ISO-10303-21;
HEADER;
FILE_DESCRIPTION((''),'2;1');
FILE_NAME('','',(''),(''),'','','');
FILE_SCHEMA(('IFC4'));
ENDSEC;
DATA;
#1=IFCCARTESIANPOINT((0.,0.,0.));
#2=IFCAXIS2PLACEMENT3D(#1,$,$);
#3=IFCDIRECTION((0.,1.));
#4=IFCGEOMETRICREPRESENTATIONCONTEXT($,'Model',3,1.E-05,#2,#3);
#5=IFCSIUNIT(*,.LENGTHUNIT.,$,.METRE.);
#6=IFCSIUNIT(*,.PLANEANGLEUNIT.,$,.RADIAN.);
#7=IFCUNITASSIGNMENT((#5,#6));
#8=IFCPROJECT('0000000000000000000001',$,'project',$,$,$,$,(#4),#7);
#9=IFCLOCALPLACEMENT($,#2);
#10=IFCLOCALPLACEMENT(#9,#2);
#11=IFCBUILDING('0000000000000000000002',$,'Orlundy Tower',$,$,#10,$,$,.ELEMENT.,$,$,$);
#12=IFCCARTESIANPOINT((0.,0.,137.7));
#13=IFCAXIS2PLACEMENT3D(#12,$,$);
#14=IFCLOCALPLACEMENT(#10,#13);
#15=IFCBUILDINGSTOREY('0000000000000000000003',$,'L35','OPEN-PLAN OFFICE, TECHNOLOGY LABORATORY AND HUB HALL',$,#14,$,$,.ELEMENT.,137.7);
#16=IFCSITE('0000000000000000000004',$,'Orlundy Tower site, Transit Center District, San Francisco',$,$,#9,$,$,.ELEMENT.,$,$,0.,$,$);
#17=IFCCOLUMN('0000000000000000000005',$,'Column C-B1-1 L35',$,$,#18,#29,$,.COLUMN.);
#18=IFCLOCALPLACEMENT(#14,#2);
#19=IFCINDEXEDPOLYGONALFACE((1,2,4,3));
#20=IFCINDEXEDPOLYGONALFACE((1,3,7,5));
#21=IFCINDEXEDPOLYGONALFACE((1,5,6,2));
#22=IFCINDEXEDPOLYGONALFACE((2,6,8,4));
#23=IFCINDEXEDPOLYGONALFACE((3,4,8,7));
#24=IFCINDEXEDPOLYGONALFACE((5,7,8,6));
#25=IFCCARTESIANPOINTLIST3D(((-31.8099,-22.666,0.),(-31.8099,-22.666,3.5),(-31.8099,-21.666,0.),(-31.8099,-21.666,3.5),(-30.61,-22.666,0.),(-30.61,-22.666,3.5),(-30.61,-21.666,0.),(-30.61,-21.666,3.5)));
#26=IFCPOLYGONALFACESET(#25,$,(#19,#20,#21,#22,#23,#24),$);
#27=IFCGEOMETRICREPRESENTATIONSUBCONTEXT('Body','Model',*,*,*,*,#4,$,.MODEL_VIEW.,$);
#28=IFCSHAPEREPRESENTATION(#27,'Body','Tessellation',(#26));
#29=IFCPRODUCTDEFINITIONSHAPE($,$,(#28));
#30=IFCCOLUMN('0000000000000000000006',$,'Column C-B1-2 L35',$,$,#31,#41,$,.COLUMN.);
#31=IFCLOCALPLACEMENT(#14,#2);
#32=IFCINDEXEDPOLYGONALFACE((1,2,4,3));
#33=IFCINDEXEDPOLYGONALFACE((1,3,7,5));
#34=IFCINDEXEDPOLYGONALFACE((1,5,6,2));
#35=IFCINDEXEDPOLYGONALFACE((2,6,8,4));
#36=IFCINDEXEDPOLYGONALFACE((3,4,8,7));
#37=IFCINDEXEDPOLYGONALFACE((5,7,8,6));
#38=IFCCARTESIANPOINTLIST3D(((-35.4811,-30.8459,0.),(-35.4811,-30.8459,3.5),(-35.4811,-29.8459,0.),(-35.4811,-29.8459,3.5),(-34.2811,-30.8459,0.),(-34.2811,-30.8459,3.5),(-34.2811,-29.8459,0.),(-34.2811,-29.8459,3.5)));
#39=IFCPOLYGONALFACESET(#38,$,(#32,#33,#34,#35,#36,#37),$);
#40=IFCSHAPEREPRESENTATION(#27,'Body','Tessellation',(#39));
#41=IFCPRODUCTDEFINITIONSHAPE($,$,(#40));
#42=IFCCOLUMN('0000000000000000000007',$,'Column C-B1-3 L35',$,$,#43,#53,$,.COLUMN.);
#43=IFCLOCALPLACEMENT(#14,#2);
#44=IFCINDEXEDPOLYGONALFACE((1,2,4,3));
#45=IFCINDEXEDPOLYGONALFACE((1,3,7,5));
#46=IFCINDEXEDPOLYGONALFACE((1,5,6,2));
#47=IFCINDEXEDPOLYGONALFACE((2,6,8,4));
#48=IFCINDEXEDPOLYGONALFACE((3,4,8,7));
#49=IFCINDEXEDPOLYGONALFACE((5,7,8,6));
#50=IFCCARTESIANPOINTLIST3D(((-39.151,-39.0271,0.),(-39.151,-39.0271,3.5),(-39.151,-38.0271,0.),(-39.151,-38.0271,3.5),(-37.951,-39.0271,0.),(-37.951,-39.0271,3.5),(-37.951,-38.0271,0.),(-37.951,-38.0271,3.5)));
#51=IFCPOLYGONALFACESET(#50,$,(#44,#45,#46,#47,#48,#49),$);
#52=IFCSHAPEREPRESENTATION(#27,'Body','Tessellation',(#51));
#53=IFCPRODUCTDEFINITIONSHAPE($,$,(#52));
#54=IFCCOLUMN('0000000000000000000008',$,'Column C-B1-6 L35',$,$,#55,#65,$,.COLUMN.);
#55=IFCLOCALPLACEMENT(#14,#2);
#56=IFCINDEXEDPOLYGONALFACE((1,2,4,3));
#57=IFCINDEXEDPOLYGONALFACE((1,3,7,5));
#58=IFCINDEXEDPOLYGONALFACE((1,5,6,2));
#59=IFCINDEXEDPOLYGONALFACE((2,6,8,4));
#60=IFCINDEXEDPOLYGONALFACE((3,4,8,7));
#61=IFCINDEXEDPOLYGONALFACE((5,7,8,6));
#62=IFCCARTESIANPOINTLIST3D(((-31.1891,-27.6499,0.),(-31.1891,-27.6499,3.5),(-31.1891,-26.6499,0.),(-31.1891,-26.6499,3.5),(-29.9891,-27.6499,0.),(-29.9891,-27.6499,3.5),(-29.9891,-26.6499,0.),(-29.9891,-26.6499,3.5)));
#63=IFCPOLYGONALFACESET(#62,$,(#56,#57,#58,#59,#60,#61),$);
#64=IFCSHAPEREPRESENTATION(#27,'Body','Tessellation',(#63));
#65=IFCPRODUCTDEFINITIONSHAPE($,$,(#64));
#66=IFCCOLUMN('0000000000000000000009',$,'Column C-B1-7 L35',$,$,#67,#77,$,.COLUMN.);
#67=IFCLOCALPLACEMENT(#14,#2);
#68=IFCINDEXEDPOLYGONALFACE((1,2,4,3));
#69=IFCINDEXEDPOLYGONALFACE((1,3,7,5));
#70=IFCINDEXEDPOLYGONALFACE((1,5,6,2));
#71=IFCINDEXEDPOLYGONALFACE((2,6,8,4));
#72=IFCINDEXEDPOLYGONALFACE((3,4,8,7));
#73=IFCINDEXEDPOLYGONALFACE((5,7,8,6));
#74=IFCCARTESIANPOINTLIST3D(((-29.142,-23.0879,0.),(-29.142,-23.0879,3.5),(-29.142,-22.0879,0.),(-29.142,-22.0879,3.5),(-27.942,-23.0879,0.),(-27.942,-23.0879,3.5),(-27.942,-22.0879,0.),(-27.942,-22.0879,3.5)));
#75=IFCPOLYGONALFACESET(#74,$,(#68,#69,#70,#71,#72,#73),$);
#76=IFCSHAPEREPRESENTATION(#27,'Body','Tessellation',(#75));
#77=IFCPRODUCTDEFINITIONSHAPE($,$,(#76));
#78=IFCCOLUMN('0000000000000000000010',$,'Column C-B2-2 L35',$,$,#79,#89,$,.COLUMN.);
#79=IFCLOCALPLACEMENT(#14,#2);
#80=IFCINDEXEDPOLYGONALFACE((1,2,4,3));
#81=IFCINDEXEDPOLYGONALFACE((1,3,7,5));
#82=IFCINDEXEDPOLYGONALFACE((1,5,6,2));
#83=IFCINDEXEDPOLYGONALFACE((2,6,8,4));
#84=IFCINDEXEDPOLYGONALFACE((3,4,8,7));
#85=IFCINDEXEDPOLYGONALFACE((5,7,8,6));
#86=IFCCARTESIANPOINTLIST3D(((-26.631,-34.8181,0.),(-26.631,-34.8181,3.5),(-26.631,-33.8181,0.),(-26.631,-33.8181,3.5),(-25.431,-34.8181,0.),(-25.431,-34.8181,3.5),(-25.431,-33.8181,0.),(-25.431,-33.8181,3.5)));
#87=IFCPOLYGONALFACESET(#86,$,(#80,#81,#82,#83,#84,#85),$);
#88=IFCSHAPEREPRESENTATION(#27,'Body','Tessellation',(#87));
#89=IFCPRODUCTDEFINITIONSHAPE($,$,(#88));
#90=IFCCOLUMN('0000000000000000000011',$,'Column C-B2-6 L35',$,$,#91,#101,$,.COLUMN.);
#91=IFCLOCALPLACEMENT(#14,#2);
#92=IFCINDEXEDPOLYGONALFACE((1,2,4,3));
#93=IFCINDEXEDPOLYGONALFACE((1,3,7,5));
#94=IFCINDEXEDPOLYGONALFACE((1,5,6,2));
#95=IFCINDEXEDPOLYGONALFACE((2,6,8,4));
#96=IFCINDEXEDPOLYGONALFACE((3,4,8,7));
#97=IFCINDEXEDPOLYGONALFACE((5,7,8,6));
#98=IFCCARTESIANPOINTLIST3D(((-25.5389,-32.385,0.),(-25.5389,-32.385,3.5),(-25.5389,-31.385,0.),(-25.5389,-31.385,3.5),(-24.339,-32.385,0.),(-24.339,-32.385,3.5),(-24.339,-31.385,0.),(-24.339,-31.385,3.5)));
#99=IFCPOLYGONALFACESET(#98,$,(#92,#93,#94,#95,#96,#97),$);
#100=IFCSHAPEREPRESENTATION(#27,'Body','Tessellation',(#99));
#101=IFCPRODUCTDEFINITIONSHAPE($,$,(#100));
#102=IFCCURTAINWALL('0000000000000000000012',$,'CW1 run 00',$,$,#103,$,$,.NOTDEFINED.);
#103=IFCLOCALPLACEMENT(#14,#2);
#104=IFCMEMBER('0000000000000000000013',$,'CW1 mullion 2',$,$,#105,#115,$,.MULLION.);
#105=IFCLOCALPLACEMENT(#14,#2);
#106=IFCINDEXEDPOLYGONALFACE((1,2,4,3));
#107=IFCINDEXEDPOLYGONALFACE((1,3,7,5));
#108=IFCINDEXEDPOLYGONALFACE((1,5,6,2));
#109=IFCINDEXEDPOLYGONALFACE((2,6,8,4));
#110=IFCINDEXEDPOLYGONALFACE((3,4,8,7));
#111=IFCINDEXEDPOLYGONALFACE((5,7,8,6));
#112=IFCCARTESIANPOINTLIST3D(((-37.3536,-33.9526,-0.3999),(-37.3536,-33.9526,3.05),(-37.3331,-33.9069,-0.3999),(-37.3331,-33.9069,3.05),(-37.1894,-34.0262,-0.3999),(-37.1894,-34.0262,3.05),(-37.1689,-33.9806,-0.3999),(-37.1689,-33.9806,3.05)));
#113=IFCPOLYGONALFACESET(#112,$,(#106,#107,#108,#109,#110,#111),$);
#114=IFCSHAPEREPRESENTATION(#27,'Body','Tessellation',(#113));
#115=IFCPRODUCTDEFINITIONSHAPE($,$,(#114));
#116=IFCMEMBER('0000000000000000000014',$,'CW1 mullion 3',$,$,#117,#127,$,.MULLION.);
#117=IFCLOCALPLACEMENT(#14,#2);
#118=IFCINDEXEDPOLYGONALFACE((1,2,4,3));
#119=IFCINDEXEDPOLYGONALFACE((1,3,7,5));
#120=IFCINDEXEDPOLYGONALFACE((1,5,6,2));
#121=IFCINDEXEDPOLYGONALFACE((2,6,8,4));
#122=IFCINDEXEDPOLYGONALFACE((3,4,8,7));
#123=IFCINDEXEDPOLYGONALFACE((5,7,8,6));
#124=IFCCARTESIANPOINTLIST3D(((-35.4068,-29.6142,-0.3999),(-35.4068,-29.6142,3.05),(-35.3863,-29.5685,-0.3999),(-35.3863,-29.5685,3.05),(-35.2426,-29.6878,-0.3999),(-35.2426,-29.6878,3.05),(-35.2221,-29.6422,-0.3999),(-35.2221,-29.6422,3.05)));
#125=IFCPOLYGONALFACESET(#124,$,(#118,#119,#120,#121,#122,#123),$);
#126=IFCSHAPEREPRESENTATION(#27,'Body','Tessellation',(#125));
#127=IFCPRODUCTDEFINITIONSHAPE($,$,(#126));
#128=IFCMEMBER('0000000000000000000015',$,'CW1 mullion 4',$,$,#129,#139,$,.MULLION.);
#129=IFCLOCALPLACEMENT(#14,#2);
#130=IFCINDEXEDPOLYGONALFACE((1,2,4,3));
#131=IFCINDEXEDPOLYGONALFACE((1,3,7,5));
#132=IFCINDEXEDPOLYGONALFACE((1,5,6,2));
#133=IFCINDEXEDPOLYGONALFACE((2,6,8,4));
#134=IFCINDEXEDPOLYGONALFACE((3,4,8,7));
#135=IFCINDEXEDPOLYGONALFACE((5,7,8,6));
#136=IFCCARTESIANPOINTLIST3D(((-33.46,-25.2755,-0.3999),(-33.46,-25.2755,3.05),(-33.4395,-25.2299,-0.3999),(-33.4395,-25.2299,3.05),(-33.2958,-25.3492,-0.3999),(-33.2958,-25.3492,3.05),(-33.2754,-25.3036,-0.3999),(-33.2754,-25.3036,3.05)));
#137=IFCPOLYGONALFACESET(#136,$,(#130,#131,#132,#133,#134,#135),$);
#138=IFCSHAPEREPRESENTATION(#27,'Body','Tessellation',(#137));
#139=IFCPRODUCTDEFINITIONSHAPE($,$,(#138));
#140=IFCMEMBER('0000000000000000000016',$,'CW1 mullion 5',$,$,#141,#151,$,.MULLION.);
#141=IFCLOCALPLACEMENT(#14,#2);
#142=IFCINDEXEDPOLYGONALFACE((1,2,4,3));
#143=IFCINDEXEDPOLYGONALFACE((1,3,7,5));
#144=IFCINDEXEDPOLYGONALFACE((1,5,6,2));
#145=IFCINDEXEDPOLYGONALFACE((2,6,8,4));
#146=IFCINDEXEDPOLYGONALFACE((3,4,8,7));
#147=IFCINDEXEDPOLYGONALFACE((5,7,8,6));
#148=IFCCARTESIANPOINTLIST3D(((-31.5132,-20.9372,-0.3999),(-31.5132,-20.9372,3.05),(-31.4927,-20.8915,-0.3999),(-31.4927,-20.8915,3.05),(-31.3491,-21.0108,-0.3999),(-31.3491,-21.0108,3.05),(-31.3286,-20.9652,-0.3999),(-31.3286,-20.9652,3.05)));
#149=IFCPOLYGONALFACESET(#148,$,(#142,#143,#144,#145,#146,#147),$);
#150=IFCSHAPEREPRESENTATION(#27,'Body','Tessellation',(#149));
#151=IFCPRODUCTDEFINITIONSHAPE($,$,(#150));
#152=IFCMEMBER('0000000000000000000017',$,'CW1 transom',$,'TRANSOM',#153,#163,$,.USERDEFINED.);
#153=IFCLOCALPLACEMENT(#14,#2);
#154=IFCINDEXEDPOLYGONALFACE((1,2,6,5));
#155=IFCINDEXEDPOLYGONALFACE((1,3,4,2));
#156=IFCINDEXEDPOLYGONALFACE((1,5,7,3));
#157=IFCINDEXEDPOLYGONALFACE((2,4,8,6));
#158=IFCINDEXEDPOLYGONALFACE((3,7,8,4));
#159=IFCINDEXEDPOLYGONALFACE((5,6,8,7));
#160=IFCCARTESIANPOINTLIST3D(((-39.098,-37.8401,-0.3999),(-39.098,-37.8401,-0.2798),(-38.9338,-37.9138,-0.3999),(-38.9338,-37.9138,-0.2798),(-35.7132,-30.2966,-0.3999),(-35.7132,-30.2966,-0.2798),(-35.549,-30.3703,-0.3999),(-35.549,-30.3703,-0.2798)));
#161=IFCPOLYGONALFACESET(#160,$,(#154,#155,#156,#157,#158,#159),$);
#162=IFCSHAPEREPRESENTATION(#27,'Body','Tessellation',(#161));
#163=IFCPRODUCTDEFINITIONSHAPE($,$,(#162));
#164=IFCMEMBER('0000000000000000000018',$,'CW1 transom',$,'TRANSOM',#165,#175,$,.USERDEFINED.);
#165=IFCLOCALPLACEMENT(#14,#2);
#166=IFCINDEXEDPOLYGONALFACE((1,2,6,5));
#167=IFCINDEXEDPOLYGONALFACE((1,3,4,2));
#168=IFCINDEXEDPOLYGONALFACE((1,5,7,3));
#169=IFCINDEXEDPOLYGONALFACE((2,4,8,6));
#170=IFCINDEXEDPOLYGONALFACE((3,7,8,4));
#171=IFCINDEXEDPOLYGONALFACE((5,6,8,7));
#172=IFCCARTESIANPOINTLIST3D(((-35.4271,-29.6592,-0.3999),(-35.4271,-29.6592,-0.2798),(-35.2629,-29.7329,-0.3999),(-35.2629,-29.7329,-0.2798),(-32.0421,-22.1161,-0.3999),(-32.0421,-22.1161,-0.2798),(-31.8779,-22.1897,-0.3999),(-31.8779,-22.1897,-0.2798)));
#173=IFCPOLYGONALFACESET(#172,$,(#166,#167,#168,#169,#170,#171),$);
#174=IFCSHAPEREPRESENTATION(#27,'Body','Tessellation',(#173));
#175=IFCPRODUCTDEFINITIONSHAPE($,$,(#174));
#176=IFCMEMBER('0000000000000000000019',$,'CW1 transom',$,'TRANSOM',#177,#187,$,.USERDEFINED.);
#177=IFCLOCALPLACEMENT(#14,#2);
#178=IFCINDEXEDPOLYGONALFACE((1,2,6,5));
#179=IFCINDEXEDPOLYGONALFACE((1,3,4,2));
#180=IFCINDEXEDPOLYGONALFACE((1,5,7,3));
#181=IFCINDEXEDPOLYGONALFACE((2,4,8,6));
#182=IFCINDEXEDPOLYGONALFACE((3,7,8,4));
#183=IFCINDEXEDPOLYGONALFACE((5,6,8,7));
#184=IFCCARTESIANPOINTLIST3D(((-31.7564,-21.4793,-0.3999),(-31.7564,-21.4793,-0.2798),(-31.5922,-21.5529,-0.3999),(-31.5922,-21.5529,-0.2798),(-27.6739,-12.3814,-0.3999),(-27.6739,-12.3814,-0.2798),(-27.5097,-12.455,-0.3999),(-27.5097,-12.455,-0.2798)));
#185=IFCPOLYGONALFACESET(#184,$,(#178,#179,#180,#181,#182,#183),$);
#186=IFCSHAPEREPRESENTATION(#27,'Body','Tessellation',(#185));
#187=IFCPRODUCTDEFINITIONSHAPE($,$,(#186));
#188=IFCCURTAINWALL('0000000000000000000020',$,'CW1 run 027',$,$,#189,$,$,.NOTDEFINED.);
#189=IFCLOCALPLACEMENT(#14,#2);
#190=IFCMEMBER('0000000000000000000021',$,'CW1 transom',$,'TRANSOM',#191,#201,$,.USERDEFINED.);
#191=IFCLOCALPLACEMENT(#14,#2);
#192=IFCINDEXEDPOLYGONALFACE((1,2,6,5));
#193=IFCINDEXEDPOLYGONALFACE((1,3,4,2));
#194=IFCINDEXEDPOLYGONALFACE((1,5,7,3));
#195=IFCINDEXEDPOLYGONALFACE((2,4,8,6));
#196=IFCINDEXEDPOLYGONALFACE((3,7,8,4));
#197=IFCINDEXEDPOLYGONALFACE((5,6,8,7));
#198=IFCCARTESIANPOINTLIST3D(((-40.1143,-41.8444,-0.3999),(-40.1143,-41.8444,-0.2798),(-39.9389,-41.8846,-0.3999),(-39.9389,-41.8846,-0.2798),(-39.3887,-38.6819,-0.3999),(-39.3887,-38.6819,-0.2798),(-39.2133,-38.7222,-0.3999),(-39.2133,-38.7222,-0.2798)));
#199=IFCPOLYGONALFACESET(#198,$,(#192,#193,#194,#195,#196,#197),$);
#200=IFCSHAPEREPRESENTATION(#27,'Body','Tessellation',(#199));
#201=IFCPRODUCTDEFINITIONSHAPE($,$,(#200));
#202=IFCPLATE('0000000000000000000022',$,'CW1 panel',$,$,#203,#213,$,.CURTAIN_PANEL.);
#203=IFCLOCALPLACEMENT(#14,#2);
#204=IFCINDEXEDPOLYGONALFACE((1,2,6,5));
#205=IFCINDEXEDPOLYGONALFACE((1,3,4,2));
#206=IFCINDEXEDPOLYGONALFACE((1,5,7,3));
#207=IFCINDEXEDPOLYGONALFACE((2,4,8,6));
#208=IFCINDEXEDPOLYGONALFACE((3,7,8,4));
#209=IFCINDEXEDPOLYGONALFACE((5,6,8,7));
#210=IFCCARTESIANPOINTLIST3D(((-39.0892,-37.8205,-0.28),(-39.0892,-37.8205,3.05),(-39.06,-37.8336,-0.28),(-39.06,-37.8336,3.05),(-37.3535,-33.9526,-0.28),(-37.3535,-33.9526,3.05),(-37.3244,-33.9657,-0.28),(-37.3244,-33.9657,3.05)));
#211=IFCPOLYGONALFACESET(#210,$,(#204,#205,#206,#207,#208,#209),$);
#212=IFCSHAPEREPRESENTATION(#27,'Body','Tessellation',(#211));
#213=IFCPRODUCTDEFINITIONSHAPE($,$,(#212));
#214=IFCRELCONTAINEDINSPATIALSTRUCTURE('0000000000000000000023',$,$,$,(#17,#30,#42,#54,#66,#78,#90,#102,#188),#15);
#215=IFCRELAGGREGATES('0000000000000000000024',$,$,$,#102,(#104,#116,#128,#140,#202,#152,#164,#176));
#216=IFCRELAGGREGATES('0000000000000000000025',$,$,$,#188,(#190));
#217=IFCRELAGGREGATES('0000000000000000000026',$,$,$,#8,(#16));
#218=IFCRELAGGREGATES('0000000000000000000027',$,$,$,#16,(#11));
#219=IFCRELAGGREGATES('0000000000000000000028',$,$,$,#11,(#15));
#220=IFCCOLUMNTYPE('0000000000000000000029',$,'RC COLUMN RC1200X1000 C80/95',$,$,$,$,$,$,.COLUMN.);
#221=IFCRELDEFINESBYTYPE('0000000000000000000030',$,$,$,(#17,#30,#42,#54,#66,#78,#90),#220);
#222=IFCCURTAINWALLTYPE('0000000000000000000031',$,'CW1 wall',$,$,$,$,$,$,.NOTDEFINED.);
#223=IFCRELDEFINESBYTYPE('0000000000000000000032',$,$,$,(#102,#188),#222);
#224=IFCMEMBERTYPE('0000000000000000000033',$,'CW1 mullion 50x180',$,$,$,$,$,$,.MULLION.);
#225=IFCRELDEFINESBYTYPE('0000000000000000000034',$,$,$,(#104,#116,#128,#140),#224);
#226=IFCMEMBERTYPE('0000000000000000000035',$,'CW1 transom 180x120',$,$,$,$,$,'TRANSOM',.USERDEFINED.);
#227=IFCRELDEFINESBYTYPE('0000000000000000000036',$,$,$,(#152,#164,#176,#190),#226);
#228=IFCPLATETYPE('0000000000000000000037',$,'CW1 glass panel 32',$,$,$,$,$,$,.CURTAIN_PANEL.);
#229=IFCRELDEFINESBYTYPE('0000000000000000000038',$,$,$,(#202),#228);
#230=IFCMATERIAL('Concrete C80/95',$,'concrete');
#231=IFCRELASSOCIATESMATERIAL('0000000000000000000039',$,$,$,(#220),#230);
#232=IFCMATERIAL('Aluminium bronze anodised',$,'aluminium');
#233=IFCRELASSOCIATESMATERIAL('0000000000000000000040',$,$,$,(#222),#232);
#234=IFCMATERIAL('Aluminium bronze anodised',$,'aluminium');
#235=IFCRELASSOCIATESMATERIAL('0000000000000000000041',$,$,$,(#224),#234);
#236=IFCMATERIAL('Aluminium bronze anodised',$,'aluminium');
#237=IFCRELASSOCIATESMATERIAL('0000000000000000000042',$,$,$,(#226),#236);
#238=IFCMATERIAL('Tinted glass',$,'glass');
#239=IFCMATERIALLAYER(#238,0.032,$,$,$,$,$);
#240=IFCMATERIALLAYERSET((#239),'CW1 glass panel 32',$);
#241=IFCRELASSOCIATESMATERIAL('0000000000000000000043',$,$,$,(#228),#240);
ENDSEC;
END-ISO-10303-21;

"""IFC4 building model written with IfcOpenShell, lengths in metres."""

from ifc_helpers import new_model, si_unit, direction, frame, origin, origin_2d, place, context, subcontext, project, spatial, rectangle, extrude, material, layer, layer_set, material_profile, profile_set, type_object, element, aggregate, save


model = new_model("IFC4")

# Units and contexts
model_context = context("Model", 3, precision=1e-05, world=origin(), true_north=direction((0.0, 1.0)))
body_context = subcontext(model_context, "Body", "Model", "MODEL_VIEW")
ifc_project = project(units=[si_unit("LENGTHUNIT", "METRE"), si_unit("PLANEANGLEUNIT", "RADIAN")], contexts=[model_context])

# Site, building, storey
site_placement = place(None, origin())
site = spatial("IfcSite", under=ifc_project, at=site_placement, Name="Orlundy Tower site, Transit Center District, San Francisco", CompositionType="ELEMENT", RefElevation=0.0)
building_placement = place(site_placement, origin())
building = spatial("IfcBuilding", under=site, at=building_placement, Name="Orlundy Tower", CompositionType="ELEMENT")
storey_placement = place(building_placement, frame((0.0, 0.0, 137.7)))
storey = spatial("IfcBuildingStorey", under=building, at=storey_placement, Name="L35", Description="OPEN-PLAN OFFICE, TECHNOLOGY LABORATORY AND HUB HALL", CompositionType="ELEMENT", Elevation=137.7)

# Columns
ifc_material_1 = material(Name="Concrete C80/95", Category="concrete")
ifc_material_profile_1 = material_profile(ifc_material_1, rectangle(XDim=1.2, YDim=1.0, at=origin_2d()), Name="RC1200X1000")
ifc_profile_set_1 = profile_set([ifc_material_profile_1], Name="Concrete C80/95")
column_type = type_object("IfcColumnType", Name="RC COLUMN RC1200X1000 C80/95", PredefinedType="COLUMN", material=ifc_profile_set_1)
for number, where, z_axis, x_axis, name in (
    (1, (-31.21, -22.166, 0.0), (0.0, 0.0, 1.0), (1.0, 0.0, 0.0), "Column C-B1-1 L35"),
    (2, (-34.8811, -30.3459, 0.0), (0.0, 0.0, 1.0), (1.0, 0.0, 0.0), "Column C-B1-2 L35"),
    (3, (-38.551, -38.5271, 0.0), (0.0, 0.0, 1.0), (1.0, 0.0, 0.0), "Column C-B1-3 L35"),
    (4, (-30.5891, -27.1499, 0.0), (0.0, 0.0, 1.0), (1.0, 0.0, 0.0), "Column C-B1-6 L35"),
    (5, (-28.542, -22.5879, 0.0), (0.0, 0.0, 1.0), (1.0, 0.0, 0.0), "Column C-B1-7 L35"),
    (6, (-26.031, -34.3181, 0.0), (0.0, 0.0, 1.0), (1.0, 0.0, 0.0), "Column C-B2-2 L35"),
    (7, (-24.939, -31.885, 0.0), (0.0, 0.0, 1.0), (1.0, 0.0, 0.0), "Column C-B2-6 L35"),
):
    element("IfcColumn", number, at=place(storey_placement, frame(where, z_axis=z_axis, x_axis=x_axis)), inside=storey, type_object=column_type, Name=name, PredefinedType="COLUMN", context=body_context, shape_type="SweptSolid", body=[
        extrude(rectangle(XDim=1.2, YDim=1.0, at=origin_2d()), origin(), (0.0, 0.0, 1.0), 3.5),
    ])

# Curtain wall, members
ifc_material_2 = material(Name="Aluminium bronze anodised", Category="aluminium")
curtain_wall_type = type_object("IfcCurtainWallType", Name="CW1 wall", PredefinedType="NOTDEFINED", material=ifc_material_2)
curtain_wall_1_placement = place(storey_placement, origin())
curtain_wall_1 = element("IfcCurtainWall", 8, at=curtain_wall_1_placement, inside=storey, type_object=curtain_wall_type, Name="CW1 run 00", PredefinedType="NOTDEFINED")
ifc_material_3 = material(Name="Aluminium bronze anodised", Category="aluminium")
ifc_material_profile_2 = material_profile(ifc_material_3, rectangle(XDim=0.1799, YDim=0.05, at=origin_2d()), Name="CW1 mullion 50x180")
ifc_profile_set_2 = profile_set([ifc_material_profile_2], Name="Aluminium bronze anodised")
member_type_1 = type_object("IfcMemberType", Name="CW1 mullion 50x180", PredefinedType="MULLION", material=ifc_profile_set_2)
member_1_placement = place(storey_placement, frame((-37.2612, -33.9666, -0.3999), z_axis=(0.0, 0.0, 1.0), x_axis=(-0.912353, 0.409404, 0.0)))
member_1 = element("IfcMember", 9, at=member_1_placement, type_object=member_type_1, Name="CW1 mullion 2", PredefinedType="MULLION", context=body_context, shape_type="SweptSolid", body=[
    extrude(rectangle(XDim=0.1799, YDim=0.05, at=origin_2d()), origin(), (0.0, 0.0, 1.0), 3.45),
])
member_2_placement = place(storey_placement, frame((-35.3145, -29.6282, -0.3999), z_axis=(0.0, 0.0, 1.0), x_axis=(-0.912353, 0.409404, 0.0)))
member_2 = element("IfcMember", 10, at=member_2_placement, type_object=member_type_1, Name="CW1 mullion 3", PredefinedType="MULLION", context=body_context, shape_type="SweptSolid", body=[
    extrude(rectangle(XDim=0.1799, YDim=0.05, at=origin_2d()), origin(), (0.0, 0.0, 1.0), 3.45),
])
member_3_placement = place(storey_placement, frame((-33.3677, -25.2896, -0.3999), z_axis=(0.0, 0.0, 1.0), x_axis=(-0.912353, 0.409404, 0.0)))
member_3 = element("IfcMember", 11, at=member_3_placement, type_object=member_type_1, Name="CW1 mullion 4", PredefinedType="MULLION", context=body_context, shape_type="SweptSolid", body=[
    extrude(rectangle(XDim=0.1799, YDim=0.05, at=origin_2d()), origin(), (0.0, 0.0, 1.0), 3.45),
])
member_4_placement = place(storey_placement, frame((-31.4209, -20.9512, -0.3999), z_axis=(0.0, 0.0, 1.0), x_axis=(-0.912353, 0.409404, 0.0)))
member_4 = element("IfcMember", 12, at=member_4_placement, type_object=member_type_1, Name="CW1 mullion 5", PredefinedType="MULLION", context=body_context, shape_type="SweptSolid", body=[
    extrude(rectangle(XDim=0.1799, YDim=0.05, at=origin_2d()), origin(), (0.0, 0.0, 1.0), 3.45),
])
ifc_material_4 = material(Name="Aluminium bronze anodised", Category="aluminium")
ifc_material_profile_3 = material_profile(ifc_material_4, rectangle(XDim=0.1799, YDim=0.1201, at=origin_2d()), Name="CW1 transom 180x120")
ifc_profile_set_3 = profile_set([ifc_material_profile_3], Name="Aluminium bronze anodised")
member_type_2 = type_object("IfcMemberType", Name="CW1 transom 180x120", ElementType="TRANSOM", PredefinedType="USERDEFINED", material=ifc_profile_set_3)
member_5_placement = place(storey_placement, frame((-39.0159, -37.877, -0.3398), z_axis=(0.40938, 0.912364, 0.0), x_axis=(-0.912364, 0.40938, 0.0)))
member_5 = element("IfcMember", 13, at=member_5_placement, type_object=member_type_2, Name="CW1 transom", ObjectType="TRANSOM", PredefinedType="USERDEFINED", context=body_context, shape_type="SweptSolid", body=[
    extrude(rectangle(XDim=0.1799, YDim=0.1201, at=origin_2d()), origin(), (0.0, 0.0, 1.0), 8.2681),
])
member_6_placement = place(storey_placement, frame((-35.345, -29.696, -0.3398), z_axis=(0.409415, 0.912348, 0.0), x_axis=(-0.912348, 0.409415, 0.0)))
member_6 = element("IfcMember", 14, at=member_6_placement, type_object=member_type_2, Name="CW1 transom", ObjectType="TRANSOM", PredefinedType="USERDEFINED", context=body_context, shape_type="SweptSolid", body=[
    extrude(rectangle(XDim=0.1799, YDim=0.1201, at=origin_2d()), origin(), (0.0, 0.0, 1.0), 8.2678),
])
member_7_placement = place(storey_placement, frame((-31.6743, -21.5161, -0.3398), z_axis=(0.409402, 0.912354, 0.0), x_axis=(-0.912354, 0.409402, 0.0)))
member_7 = element("IfcMember", 15, at=member_7_placement, type_object=member_type_2, Name="CW1 transom", ObjectType="TRANSOM", PredefinedType="USERDEFINED", context=body_context, shape_type="SweptSolid", body=[
    extrude(rectangle(XDim=0.1799, YDim=0.1201, at=origin_2d()), origin(), (0.0, 0.0, 1.0), 9.9719),
])

# Curtain wall, member
curtain_wall_2_placement = place(storey_placement, origin())
curtain_wall_2 = element("IfcCurtainWall", 16, at=curtain_wall_2_placement, inside=storey, type_object=curtain_wall_type, Name="CW1 run 027", PredefinedType="NOTDEFINED")
member_8_placement = place(storey_placement, frame((-40.0266, -41.8645, -0.3398), z_axis=(0.223634, 0.974673, 0.0), x_axis=(-0.974673, 0.223634, 0.0)))
member_8 = element("IfcMember", 17, at=member_8_placement, type_object=member_type_2, Name="CW1 transom", ObjectType="TRANSOM", PredefinedType="USERDEFINED", context=body_context, shape_type="SweptSolid", body=[
    extrude(rectangle(XDim=0.1799, YDim=0.1201, at=origin_2d()), origin(), (0.0, 0.0, 1.0), 3.2446),
])

# Plate
ifc_material_5 = material(Name="Tinted glass", Category="glass")
ifc_layer_1 = layer(ifc_material_5, 0.032)
ifc_layer_set_1 = layer_set([ifc_layer_1], Name="CW1 glass panel 32")
plate_type = type_object("IfcPlateType", Name="CW1 glass panel 32", PredefinedType="CURTAIN_PANEL", material=ifc_layer_set_1)
plate_1_placement = place(storey_placement, frame((-38.2068, -35.8931, -0.28), z_axis=(0.0, 0.0, 1.0), x_axis=(0.409404, 0.912353, 0.0)))
plate_1 = element("IfcPlate", 18, at=plate_1_placement, type_object=plate_type, Name="CW1 panel", PredefinedType="CURTAIN_PANEL", context=body_context, shape_type="SweptSolid", body=[
    extrude(rectangle(XDim=4.2395, YDim=0.032, at=origin_2d()), origin(), (0.0, 0.0, 1.0), 3.3301),
])
aggregate(curtain_wall_1, [member_1, member_2, member_3, member_4, plate_1, member_5, member_6, member_7])
aggregate(curtain_wall_2, [member_8])

save(model, "model.ifc")
